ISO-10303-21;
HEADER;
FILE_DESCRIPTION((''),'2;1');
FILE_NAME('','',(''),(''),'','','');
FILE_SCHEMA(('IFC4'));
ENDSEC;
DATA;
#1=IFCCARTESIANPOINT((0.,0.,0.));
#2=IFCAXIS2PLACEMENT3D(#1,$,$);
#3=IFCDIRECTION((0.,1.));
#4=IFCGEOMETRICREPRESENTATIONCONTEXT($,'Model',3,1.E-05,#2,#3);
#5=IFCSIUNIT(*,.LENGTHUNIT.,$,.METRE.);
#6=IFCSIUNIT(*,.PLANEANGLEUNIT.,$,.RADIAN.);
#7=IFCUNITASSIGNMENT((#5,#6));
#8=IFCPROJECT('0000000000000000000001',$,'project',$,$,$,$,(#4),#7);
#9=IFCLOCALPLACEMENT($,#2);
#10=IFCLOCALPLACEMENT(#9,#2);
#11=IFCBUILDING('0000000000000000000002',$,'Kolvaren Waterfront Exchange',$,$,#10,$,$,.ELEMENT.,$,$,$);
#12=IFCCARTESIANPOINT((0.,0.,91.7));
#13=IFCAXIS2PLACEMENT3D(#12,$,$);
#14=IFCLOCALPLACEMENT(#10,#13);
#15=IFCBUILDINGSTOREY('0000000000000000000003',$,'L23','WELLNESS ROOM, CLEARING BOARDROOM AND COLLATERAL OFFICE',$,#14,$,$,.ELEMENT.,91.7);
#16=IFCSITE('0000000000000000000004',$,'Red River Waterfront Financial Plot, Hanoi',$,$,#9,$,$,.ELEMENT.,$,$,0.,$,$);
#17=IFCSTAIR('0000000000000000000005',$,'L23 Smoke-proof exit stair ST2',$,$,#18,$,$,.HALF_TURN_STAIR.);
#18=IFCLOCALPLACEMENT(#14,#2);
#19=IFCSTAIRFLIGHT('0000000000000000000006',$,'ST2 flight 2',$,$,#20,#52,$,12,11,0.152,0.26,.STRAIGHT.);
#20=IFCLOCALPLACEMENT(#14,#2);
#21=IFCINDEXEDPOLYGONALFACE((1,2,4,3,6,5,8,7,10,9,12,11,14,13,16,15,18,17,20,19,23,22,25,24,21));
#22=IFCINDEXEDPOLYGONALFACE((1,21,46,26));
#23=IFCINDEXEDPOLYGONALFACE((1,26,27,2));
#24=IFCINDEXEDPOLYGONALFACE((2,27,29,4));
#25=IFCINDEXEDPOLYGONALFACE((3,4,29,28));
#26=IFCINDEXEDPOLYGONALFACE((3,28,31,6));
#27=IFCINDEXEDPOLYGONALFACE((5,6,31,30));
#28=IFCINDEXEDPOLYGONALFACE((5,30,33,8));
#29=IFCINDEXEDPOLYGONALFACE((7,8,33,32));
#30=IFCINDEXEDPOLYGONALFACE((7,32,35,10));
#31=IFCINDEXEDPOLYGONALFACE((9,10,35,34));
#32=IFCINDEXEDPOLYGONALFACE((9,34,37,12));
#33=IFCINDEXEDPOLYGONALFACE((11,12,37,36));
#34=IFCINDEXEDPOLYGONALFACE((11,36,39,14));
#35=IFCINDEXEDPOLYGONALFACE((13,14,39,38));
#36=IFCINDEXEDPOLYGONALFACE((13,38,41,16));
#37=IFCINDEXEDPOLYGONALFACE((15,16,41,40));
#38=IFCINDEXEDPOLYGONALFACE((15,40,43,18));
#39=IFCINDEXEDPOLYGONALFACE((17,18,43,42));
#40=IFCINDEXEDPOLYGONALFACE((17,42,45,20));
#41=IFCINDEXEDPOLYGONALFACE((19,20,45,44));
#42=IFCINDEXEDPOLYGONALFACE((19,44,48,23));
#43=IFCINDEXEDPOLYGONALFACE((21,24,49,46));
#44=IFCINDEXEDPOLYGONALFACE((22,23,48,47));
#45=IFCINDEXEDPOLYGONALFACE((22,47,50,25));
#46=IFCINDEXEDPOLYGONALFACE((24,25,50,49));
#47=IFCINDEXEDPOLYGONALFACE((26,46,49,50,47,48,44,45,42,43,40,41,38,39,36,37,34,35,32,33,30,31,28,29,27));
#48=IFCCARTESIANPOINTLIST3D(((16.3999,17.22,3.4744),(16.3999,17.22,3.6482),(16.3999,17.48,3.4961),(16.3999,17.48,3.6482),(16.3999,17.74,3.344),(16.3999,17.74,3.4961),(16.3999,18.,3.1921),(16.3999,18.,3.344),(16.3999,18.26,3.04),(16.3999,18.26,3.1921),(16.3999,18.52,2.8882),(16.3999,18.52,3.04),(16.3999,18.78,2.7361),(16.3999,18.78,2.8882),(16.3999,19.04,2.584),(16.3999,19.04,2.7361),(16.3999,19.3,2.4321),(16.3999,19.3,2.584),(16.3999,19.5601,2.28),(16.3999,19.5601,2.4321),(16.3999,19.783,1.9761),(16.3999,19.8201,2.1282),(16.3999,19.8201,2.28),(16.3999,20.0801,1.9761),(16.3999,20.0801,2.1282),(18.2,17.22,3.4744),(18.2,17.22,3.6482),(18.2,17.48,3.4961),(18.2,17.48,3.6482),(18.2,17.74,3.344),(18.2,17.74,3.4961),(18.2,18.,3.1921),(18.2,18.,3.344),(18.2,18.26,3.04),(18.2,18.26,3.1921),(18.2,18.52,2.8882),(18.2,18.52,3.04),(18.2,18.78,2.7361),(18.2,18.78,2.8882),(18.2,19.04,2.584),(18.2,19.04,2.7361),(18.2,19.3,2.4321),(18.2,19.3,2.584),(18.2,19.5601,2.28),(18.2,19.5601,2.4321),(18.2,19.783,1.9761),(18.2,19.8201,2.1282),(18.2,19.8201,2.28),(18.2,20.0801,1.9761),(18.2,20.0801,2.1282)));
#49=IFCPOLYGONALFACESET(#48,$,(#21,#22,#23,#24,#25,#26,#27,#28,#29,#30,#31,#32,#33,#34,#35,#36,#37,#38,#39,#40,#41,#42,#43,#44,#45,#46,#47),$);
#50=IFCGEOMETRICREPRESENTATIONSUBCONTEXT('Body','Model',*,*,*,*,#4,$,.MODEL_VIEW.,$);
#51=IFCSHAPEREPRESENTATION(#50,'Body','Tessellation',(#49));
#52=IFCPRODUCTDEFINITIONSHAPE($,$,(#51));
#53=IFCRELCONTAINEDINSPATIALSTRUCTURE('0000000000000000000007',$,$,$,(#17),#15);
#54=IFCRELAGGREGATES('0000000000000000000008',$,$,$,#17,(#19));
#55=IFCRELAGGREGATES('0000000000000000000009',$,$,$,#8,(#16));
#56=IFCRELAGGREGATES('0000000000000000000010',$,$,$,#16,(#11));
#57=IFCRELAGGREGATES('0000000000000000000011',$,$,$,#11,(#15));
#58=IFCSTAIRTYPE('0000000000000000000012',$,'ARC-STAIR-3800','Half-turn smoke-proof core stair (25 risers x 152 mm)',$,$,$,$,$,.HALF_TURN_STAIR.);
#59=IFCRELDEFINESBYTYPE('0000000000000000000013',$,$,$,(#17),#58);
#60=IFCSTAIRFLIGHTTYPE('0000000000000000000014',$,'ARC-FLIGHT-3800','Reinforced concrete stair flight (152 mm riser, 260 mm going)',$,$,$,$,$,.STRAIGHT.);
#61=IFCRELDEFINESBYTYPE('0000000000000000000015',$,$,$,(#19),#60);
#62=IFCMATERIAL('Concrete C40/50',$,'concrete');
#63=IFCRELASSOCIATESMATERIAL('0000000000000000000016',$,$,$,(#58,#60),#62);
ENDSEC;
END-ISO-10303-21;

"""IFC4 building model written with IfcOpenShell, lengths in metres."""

from ifc_helpers import new_model, si_unit, direction, frame, origin, place, context, subcontext, project, spatial, polyline, outline, extrude, material, type_object, element, aggregate, save


model = new_model("IFC4")

# Units and contexts
model_context = context("Model", 3, precision=1e-05, world=origin(), true_north=direction((0.0, 1.0)))
body_context = subcontext(model_context, "Body", "Model", "MODEL_VIEW")
ifc_project = project(units=[si_unit("LENGTHUNIT", "METRE"), si_unit("PLANEANGLEUNIT", "RADIAN")], contexts=[model_context])

# Site, building, storey
site_placement = place(None, origin())
site = spatial("IfcSite", under=ifc_project, at=site_placement, Name="Red River Waterfront Financial Plot, Hanoi", CompositionType="ELEMENT", RefElevation=0.0)
building_placement = place(site_placement, origin())
building = spatial("IfcBuilding", under=site, at=building_placement, Name="Kolvaren Waterfront Exchange", CompositionType="ELEMENT")
storey_placement = place(building_placement, frame((0.0, 0.0, 91.7)))
storey = spatial("IfcBuildingStorey", under=building, at=storey_placement, Name="L23", Description="WELLNESS ROOM, CLEARING BOARDROOM AND COLLATERAL OFFICE", CompositionType="ELEMENT", Elevation=91.7)

# Stair, stair flight
ifc_material_1 = material(Name="Concrete C40/50", Category="concrete")
stair_type = type_object("IfcStairType", Name="ARC-STAIR-3800", Description="Half-turn smoke-proof core stair (25 risers x 152 mm)", PredefinedType="HALF_TURN_STAIR", material=ifc_material_1)
stair_placement = place(storey_placement, origin())
stair = element("IfcStair", 1, at=stair_placement, inside=storey, type_object=stair_type, Name="L23 Smoke-proof exit stair ST2", PredefinedType="HALF_TURN_STAIR")
stair_flight_type = type_object("IfcStairFlightType", Name="ARC-FLIGHT-3800", Description="Reinforced concrete stair flight (152 mm riser, 260 mm going)", PredefinedType="STRAIGHT", material=ifc_material_1)
stair_flight_placement = place(storey_placement, frame((17.3, 20.0801, 1.9761), z_axis=(0.0, 0.0, 1.0), x_axis=(0.0, -1.0, 0.0)))
stair_flight = element("IfcStairFlight", 2, at=stair_flight_placement, type_object=stair_flight_type, Name="ST2 flight 2", NumberOfRisers=12, NumberOfTreads=11, PredefinedType="STRAIGHT", RiserHeight=0.152, TreadLength=0.26, context=body_context, shape_type="SweptSolid", body=[
    extrude(outline(polyline([(0.0, 0.0), (0.0, 0.1521), (0.26, 0.1521), (0.26, 0.304), (0.52, 0.304), (0.52, 0.4561), (0.78, 0.4561), (0.78, 0.6079), (1.04, 0.6079), (1.04, 0.76), (1.3, 0.76), (1.3, 0.9121), (1.5601, 0.9121), (1.5601, 1.064), (1.8201, 1.064), (1.8201, 1.2161), (2.0801, 1.2161), (2.0801, 1.3679), (2.3401, 1.3679), (2.3401, 1.52), (2.6001, 1.52), (2.6001, 1.6721), (2.8601, 1.6721), (2.8601, 1.824), (2.8601, 1.4983), (0.2971, 0.0), (0.0, 0.0)])), frame((0.0, 0.8999, 0.0), z_axis=(0.0, -1.0, 0.0), x_axis=(1.0, 0.0, 0.0)), (0.0, 0.0, 1.0), 1.8),
])
aggregate(stair, [stair_flight])

save(model, "model.ifc")
